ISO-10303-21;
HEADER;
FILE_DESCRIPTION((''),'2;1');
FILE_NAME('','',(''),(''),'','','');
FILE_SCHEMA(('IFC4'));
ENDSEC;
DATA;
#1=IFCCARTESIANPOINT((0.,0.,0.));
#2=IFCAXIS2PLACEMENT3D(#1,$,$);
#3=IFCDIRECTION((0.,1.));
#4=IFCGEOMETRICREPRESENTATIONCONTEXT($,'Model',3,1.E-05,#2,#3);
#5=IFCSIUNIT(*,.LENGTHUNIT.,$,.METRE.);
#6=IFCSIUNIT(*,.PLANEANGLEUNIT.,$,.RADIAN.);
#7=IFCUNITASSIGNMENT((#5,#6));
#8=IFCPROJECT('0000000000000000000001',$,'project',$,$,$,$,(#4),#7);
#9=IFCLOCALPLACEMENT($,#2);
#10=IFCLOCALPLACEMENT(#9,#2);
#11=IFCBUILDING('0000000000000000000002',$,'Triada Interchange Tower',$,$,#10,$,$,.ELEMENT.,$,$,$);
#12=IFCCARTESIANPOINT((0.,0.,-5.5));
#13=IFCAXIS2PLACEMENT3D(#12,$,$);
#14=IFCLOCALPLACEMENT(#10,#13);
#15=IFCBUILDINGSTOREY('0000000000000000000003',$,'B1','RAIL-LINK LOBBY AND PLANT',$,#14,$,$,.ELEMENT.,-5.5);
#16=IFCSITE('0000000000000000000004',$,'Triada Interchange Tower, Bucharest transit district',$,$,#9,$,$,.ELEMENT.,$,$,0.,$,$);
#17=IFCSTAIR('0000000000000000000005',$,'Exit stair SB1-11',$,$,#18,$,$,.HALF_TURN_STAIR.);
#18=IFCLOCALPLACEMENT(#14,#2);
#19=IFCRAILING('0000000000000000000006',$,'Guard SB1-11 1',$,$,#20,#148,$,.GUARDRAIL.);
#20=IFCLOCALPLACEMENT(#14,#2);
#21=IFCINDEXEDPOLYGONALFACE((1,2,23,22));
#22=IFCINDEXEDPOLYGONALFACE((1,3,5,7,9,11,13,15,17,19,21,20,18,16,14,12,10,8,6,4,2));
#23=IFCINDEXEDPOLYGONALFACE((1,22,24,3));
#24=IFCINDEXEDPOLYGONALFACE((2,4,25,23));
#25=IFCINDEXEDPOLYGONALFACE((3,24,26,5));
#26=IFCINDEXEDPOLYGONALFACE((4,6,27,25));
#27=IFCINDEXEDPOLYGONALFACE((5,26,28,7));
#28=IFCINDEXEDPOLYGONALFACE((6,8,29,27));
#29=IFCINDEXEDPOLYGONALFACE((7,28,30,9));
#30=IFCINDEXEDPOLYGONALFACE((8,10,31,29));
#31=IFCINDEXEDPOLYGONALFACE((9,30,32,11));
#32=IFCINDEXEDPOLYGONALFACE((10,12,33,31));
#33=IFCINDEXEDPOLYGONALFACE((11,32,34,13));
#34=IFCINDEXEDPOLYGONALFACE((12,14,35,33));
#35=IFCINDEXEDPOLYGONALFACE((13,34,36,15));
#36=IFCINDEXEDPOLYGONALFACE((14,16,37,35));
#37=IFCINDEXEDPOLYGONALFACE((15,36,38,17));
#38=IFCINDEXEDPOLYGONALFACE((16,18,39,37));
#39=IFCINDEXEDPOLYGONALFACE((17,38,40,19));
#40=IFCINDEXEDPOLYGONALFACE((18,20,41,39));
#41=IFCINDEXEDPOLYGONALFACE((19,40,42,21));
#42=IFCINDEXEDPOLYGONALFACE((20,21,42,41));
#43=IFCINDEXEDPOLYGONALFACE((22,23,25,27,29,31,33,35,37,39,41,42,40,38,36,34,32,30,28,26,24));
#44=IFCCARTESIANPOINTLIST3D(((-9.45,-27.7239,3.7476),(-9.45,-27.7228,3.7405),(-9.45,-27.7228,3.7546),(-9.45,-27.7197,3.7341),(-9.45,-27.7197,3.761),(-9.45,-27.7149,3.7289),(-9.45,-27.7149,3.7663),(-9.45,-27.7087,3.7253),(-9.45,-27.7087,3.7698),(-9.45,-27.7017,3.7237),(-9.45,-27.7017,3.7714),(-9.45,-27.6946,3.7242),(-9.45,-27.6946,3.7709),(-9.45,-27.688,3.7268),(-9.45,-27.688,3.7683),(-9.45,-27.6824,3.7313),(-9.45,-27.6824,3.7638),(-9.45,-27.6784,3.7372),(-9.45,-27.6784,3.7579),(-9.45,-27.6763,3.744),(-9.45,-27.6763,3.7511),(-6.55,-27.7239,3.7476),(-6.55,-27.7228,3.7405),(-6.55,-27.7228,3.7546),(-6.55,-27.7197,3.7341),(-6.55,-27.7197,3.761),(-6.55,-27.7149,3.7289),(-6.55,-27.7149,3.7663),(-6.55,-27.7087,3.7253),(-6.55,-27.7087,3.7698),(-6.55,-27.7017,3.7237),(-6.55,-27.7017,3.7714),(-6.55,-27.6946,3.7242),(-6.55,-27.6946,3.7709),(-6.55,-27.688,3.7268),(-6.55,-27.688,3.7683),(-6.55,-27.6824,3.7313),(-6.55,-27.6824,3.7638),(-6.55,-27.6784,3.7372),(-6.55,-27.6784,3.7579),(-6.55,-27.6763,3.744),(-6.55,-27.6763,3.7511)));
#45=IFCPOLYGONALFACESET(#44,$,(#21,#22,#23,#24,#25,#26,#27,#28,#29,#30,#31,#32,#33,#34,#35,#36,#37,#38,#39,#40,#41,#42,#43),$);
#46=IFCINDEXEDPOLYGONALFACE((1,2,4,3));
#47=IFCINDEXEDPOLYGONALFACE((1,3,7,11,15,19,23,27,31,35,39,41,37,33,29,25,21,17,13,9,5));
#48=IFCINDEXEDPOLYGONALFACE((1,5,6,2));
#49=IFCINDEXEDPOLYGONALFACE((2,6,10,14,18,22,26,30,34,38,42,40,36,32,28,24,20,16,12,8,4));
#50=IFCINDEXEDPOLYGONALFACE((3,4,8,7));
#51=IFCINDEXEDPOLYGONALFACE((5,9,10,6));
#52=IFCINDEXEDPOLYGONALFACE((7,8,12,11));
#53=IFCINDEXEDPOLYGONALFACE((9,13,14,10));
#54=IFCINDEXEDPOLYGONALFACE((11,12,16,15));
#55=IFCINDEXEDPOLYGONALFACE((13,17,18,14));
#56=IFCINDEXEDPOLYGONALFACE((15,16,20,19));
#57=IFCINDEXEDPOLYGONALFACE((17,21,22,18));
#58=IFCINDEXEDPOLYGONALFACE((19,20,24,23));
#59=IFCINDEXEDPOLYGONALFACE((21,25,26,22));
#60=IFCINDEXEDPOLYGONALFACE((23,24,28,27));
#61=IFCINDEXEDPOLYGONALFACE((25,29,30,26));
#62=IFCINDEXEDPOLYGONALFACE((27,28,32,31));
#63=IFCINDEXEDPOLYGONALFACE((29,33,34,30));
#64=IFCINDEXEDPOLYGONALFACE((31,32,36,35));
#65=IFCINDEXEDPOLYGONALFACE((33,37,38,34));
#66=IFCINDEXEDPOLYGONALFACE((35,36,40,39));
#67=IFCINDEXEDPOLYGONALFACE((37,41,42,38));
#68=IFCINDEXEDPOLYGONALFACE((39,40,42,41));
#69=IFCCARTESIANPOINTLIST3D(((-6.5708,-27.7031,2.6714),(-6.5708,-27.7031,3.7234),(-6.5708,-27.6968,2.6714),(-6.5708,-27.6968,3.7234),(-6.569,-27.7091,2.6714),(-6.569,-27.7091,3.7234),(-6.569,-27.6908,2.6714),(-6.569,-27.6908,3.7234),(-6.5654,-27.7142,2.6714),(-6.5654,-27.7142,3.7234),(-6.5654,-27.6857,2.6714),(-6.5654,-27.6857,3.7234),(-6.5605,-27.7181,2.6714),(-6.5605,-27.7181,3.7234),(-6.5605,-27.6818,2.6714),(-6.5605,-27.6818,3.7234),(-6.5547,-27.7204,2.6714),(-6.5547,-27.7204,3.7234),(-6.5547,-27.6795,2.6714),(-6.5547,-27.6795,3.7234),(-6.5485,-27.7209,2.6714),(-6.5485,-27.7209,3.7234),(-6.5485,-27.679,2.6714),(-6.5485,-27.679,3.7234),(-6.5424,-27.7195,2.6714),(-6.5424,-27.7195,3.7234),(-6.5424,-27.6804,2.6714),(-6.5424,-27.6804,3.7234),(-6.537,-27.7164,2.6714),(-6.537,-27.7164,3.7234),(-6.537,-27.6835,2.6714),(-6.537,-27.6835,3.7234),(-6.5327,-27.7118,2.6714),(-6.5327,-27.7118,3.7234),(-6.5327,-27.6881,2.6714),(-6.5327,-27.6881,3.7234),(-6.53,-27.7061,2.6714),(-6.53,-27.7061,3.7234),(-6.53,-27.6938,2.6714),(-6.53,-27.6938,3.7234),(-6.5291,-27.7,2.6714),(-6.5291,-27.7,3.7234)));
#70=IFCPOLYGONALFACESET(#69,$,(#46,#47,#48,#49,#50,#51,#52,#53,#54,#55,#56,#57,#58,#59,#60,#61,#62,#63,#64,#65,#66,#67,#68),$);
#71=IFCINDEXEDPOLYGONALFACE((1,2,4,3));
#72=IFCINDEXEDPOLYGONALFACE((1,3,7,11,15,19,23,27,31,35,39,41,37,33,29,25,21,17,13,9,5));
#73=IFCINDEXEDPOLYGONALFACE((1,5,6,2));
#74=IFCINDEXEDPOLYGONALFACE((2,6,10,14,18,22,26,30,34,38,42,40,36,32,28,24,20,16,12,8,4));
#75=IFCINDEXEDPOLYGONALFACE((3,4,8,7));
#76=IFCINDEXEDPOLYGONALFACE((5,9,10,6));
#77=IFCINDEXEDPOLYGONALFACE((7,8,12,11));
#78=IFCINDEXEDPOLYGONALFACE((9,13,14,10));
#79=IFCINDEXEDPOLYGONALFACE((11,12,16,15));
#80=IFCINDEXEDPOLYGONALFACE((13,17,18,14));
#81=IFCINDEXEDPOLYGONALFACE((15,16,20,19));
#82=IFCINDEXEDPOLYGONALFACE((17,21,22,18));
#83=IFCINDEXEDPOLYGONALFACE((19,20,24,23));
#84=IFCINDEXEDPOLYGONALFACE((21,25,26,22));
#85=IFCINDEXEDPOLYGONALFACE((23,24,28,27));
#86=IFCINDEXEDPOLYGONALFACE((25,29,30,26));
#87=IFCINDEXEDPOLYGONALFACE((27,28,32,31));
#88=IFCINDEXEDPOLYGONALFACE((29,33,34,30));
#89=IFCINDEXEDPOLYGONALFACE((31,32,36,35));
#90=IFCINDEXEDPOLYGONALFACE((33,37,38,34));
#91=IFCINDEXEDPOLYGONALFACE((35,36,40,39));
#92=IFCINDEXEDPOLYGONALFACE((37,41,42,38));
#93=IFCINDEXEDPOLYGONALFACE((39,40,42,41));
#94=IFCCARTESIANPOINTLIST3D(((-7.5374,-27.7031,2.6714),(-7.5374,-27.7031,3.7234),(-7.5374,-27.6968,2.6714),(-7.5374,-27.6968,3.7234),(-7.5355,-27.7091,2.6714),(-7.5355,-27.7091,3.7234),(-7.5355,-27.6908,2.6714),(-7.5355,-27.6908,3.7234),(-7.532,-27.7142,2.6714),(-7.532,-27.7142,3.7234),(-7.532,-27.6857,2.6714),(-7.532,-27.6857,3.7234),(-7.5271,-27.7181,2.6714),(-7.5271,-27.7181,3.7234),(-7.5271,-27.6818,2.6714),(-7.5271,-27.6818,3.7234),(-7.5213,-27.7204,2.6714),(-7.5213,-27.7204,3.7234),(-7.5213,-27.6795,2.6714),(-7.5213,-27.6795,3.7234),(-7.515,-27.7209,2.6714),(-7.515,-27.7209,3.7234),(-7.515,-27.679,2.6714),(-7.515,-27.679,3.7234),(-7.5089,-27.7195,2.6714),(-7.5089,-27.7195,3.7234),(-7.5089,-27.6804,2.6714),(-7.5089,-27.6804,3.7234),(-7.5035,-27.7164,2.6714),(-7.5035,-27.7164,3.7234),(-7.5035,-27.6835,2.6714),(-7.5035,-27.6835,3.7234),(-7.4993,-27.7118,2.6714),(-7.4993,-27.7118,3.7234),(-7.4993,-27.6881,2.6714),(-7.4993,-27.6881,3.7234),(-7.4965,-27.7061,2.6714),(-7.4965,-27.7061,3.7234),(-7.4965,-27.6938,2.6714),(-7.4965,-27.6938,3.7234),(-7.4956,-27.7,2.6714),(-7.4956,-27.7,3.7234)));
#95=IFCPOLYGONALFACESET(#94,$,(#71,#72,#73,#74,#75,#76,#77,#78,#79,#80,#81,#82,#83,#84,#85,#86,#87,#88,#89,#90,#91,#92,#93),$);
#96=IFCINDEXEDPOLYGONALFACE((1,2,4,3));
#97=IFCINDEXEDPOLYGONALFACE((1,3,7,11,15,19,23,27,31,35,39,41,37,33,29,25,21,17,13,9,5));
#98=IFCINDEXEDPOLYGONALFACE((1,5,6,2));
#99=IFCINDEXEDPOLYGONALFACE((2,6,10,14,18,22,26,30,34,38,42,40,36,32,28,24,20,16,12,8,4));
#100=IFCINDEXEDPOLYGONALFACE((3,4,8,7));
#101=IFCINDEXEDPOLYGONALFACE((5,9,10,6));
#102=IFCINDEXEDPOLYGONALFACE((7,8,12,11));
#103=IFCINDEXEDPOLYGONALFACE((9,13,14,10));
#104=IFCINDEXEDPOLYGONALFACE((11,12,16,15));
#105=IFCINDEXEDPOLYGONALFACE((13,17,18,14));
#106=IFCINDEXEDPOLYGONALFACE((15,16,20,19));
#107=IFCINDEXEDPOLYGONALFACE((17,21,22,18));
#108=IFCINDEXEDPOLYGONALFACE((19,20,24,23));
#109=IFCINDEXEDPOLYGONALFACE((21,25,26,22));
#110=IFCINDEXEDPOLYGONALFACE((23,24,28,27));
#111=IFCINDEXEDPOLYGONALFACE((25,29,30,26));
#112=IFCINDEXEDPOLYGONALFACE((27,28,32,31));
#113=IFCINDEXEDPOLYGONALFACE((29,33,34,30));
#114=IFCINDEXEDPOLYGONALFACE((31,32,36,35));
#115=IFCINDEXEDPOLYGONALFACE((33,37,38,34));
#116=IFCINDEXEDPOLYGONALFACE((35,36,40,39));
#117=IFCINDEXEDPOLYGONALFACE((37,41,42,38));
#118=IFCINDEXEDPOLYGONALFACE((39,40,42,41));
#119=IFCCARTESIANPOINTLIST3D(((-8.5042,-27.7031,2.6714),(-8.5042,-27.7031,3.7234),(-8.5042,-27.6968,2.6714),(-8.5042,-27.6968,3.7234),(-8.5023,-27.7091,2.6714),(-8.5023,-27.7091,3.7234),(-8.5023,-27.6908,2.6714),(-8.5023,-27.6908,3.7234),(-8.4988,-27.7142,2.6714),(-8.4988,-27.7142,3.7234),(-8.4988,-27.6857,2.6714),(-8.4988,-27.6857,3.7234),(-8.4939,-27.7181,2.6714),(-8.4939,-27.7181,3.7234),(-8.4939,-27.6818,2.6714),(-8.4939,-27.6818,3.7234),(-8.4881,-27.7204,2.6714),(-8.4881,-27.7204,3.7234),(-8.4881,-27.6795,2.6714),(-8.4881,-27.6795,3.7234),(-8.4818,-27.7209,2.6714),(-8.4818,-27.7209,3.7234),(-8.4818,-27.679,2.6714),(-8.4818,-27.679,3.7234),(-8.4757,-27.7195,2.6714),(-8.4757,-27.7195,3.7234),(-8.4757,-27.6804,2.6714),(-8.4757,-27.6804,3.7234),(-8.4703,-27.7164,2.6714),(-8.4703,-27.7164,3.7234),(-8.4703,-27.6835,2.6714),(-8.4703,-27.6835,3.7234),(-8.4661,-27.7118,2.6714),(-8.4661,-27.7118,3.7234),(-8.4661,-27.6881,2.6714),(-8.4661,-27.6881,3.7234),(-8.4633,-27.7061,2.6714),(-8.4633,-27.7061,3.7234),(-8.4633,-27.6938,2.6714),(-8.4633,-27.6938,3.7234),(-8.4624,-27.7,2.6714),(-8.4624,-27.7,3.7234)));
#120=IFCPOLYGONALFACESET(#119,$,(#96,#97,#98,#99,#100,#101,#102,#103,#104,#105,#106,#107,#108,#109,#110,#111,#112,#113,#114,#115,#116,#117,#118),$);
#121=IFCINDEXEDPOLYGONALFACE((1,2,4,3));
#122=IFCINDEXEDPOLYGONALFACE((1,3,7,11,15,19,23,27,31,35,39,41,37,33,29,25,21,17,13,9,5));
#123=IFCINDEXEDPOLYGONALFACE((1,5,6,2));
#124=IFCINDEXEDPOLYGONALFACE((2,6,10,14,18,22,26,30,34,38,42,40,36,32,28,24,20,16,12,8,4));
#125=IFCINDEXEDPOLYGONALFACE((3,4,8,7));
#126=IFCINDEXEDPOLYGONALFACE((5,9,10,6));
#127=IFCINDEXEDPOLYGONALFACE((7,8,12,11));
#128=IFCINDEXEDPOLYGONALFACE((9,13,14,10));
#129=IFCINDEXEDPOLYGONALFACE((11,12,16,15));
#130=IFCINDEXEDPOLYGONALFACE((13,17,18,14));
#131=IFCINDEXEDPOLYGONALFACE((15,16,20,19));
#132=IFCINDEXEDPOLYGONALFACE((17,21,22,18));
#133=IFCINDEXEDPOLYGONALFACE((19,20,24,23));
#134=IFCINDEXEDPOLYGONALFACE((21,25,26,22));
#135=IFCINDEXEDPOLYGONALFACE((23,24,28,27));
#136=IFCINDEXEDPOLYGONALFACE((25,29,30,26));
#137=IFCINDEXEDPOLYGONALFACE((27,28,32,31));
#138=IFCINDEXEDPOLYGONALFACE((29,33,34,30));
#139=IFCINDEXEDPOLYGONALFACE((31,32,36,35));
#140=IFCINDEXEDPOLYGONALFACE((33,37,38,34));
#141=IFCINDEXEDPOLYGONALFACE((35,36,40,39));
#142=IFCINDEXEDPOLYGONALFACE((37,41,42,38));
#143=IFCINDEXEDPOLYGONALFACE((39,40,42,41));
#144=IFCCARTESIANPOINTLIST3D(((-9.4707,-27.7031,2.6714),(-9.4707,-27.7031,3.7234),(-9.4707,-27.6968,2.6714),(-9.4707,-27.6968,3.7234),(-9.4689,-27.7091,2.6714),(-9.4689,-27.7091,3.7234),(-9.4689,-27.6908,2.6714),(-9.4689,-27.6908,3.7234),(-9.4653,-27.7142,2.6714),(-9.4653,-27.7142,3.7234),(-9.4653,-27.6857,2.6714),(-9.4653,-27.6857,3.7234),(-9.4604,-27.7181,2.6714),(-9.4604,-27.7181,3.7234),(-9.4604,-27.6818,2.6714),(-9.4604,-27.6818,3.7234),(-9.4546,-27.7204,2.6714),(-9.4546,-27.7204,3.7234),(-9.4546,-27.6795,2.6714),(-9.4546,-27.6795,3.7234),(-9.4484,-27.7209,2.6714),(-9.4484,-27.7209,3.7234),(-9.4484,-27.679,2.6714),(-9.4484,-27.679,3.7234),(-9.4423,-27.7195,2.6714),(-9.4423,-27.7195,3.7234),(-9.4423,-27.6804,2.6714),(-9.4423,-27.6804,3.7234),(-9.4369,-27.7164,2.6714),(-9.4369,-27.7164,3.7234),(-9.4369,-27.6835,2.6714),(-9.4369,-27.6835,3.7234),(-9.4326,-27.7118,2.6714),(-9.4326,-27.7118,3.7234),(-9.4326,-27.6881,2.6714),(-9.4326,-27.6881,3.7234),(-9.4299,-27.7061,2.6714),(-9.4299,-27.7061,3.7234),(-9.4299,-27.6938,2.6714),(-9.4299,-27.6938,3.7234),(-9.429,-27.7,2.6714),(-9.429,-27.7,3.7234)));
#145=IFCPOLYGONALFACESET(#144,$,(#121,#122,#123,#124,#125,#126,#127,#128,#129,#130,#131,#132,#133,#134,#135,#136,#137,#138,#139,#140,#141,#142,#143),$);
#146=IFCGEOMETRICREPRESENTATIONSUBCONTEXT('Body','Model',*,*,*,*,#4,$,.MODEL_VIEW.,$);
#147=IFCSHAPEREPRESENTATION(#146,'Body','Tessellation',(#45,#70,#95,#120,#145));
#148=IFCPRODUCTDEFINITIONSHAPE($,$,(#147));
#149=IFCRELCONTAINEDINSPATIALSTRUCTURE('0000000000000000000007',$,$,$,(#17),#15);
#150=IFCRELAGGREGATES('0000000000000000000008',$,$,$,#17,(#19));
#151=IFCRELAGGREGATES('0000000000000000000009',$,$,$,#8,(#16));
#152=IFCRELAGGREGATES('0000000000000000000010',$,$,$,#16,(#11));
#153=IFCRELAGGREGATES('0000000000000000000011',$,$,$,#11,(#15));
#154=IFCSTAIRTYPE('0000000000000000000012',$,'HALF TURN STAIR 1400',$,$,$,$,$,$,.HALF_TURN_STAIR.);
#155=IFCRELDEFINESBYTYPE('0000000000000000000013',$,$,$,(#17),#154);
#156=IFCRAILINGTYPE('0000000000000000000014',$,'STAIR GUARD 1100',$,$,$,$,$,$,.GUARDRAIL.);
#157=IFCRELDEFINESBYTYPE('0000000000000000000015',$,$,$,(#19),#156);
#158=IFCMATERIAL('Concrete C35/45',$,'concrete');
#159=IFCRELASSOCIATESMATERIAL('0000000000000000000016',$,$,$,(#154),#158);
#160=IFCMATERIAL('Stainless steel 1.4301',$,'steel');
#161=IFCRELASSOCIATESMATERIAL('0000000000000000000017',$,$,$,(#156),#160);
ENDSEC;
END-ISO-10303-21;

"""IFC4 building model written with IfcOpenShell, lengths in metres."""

from ifc_helpers import new_model, si_unit, direction, frame, origin, origin_2d, place, context, subcontext, project, spatial, circle, extrude, material, type_object, element, aggregate, save


model = new_model("IFC4")

# Units and contexts
model_context = context("Model", 3, precision=1e-05, world=origin(), true_north=direction((0.0, 1.0)))
body_context = subcontext(model_context, "Body", "Model", "MODEL_VIEW")
ifc_project = project(units=[si_unit("LENGTHUNIT", "METRE"), si_unit("PLANEANGLEUNIT", "RADIAN")], contexts=[model_context])

# Site, building, storey
site_placement = place(None, origin())
site = spatial("IfcSite", under=ifc_project, at=site_placement, Name="Triada Interchange Tower, Bucharest transit district", CompositionType="ELEMENT", RefElevation=0.0)
building_placement = place(site_placement, origin())
building = spatial("IfcBuilding", under=site, at=building_placement, Name="Triada Interchange Tower", CompositionType="ELEMENT")
storey_placement = place(building_placement, frame((0.0, 0.0, -5.5)))
storey = spatial("IfcBuildingStorey", under=building, at=storey_placement, Name="B1", Description="RAIL-LINK LOBBY AND PLANT", CompositionType="ELEMENT", Elevation=-5.5)

# Shared definitions
ifc_material_1 = material(Name="Concrete C35/45", Category="concrete")

# Stair, railing
stair_type = type_object("IfcStairType", Name="HALF TURN STAIR 1400", PredefinedType="HALF_TURN_STAIR", material=ifc_material_1)
stair_placement = place(storey_placement, origin())
stair = element("IfcStair", 1, at=stair_placement, inside=storey, type_object=stair_type, Name="Exit stair SB1-11", PredefinedType="HALF_TURN_STAIR")
ifc_material_2 = material(Name="Stainless steel 1.4301", Category="steel")
railing_type_1 = type_object("IfcRailingType", Name="STAIR GUARD 1100", PredefinedType="GUARDRAIL", material=ifc_material_2)
railing_1_placement = place(storey_placement, frame((-6.55, -27.7, 2.6714)))
railing_1 = element("IfcRailing", 2, at=railing_1_placement, type_object=railing_type_1, Name="Guard SB1-11 1", PredefinedType="GUARDRAIL", context=body_context, shape_type="SweptSolid", body=[
    extrude(circle(Radius=0.0239, at=origin_2d()), frame((0.0, 0.0, 1.0762), z_axis=(-1.0, 0.0, 0.0), x_axis=(0.0, -1.0, 0.0)), (0.0, 0.0, 1.0), 2.8999),
    extrude(circle(Radius=0.021, at=origin_2d()), origin(), (0.0, 0.0, 1.0), 1.052),
    extrude(circle(Radius=0.021, at=origin_2d()), frame((-0.9666, 0.0, 0.0)), (0.0, 0.0, 1.0), 1.052),
    extrude(circle(Radius=0.021, at=origin_2d()), frame((-1.9333, 0.0, 0.0)), (0.0, 0.0, 1.0), 1.052),
    extrude(circle(Radius=0.021, at=origin_2d()), frame((-2.8999, 0.0, 0.0)), (0.0, 0.0, 1.0), 1.052),
])
aggregate(stair, [railing_1])

save(model, "model.ifc")
